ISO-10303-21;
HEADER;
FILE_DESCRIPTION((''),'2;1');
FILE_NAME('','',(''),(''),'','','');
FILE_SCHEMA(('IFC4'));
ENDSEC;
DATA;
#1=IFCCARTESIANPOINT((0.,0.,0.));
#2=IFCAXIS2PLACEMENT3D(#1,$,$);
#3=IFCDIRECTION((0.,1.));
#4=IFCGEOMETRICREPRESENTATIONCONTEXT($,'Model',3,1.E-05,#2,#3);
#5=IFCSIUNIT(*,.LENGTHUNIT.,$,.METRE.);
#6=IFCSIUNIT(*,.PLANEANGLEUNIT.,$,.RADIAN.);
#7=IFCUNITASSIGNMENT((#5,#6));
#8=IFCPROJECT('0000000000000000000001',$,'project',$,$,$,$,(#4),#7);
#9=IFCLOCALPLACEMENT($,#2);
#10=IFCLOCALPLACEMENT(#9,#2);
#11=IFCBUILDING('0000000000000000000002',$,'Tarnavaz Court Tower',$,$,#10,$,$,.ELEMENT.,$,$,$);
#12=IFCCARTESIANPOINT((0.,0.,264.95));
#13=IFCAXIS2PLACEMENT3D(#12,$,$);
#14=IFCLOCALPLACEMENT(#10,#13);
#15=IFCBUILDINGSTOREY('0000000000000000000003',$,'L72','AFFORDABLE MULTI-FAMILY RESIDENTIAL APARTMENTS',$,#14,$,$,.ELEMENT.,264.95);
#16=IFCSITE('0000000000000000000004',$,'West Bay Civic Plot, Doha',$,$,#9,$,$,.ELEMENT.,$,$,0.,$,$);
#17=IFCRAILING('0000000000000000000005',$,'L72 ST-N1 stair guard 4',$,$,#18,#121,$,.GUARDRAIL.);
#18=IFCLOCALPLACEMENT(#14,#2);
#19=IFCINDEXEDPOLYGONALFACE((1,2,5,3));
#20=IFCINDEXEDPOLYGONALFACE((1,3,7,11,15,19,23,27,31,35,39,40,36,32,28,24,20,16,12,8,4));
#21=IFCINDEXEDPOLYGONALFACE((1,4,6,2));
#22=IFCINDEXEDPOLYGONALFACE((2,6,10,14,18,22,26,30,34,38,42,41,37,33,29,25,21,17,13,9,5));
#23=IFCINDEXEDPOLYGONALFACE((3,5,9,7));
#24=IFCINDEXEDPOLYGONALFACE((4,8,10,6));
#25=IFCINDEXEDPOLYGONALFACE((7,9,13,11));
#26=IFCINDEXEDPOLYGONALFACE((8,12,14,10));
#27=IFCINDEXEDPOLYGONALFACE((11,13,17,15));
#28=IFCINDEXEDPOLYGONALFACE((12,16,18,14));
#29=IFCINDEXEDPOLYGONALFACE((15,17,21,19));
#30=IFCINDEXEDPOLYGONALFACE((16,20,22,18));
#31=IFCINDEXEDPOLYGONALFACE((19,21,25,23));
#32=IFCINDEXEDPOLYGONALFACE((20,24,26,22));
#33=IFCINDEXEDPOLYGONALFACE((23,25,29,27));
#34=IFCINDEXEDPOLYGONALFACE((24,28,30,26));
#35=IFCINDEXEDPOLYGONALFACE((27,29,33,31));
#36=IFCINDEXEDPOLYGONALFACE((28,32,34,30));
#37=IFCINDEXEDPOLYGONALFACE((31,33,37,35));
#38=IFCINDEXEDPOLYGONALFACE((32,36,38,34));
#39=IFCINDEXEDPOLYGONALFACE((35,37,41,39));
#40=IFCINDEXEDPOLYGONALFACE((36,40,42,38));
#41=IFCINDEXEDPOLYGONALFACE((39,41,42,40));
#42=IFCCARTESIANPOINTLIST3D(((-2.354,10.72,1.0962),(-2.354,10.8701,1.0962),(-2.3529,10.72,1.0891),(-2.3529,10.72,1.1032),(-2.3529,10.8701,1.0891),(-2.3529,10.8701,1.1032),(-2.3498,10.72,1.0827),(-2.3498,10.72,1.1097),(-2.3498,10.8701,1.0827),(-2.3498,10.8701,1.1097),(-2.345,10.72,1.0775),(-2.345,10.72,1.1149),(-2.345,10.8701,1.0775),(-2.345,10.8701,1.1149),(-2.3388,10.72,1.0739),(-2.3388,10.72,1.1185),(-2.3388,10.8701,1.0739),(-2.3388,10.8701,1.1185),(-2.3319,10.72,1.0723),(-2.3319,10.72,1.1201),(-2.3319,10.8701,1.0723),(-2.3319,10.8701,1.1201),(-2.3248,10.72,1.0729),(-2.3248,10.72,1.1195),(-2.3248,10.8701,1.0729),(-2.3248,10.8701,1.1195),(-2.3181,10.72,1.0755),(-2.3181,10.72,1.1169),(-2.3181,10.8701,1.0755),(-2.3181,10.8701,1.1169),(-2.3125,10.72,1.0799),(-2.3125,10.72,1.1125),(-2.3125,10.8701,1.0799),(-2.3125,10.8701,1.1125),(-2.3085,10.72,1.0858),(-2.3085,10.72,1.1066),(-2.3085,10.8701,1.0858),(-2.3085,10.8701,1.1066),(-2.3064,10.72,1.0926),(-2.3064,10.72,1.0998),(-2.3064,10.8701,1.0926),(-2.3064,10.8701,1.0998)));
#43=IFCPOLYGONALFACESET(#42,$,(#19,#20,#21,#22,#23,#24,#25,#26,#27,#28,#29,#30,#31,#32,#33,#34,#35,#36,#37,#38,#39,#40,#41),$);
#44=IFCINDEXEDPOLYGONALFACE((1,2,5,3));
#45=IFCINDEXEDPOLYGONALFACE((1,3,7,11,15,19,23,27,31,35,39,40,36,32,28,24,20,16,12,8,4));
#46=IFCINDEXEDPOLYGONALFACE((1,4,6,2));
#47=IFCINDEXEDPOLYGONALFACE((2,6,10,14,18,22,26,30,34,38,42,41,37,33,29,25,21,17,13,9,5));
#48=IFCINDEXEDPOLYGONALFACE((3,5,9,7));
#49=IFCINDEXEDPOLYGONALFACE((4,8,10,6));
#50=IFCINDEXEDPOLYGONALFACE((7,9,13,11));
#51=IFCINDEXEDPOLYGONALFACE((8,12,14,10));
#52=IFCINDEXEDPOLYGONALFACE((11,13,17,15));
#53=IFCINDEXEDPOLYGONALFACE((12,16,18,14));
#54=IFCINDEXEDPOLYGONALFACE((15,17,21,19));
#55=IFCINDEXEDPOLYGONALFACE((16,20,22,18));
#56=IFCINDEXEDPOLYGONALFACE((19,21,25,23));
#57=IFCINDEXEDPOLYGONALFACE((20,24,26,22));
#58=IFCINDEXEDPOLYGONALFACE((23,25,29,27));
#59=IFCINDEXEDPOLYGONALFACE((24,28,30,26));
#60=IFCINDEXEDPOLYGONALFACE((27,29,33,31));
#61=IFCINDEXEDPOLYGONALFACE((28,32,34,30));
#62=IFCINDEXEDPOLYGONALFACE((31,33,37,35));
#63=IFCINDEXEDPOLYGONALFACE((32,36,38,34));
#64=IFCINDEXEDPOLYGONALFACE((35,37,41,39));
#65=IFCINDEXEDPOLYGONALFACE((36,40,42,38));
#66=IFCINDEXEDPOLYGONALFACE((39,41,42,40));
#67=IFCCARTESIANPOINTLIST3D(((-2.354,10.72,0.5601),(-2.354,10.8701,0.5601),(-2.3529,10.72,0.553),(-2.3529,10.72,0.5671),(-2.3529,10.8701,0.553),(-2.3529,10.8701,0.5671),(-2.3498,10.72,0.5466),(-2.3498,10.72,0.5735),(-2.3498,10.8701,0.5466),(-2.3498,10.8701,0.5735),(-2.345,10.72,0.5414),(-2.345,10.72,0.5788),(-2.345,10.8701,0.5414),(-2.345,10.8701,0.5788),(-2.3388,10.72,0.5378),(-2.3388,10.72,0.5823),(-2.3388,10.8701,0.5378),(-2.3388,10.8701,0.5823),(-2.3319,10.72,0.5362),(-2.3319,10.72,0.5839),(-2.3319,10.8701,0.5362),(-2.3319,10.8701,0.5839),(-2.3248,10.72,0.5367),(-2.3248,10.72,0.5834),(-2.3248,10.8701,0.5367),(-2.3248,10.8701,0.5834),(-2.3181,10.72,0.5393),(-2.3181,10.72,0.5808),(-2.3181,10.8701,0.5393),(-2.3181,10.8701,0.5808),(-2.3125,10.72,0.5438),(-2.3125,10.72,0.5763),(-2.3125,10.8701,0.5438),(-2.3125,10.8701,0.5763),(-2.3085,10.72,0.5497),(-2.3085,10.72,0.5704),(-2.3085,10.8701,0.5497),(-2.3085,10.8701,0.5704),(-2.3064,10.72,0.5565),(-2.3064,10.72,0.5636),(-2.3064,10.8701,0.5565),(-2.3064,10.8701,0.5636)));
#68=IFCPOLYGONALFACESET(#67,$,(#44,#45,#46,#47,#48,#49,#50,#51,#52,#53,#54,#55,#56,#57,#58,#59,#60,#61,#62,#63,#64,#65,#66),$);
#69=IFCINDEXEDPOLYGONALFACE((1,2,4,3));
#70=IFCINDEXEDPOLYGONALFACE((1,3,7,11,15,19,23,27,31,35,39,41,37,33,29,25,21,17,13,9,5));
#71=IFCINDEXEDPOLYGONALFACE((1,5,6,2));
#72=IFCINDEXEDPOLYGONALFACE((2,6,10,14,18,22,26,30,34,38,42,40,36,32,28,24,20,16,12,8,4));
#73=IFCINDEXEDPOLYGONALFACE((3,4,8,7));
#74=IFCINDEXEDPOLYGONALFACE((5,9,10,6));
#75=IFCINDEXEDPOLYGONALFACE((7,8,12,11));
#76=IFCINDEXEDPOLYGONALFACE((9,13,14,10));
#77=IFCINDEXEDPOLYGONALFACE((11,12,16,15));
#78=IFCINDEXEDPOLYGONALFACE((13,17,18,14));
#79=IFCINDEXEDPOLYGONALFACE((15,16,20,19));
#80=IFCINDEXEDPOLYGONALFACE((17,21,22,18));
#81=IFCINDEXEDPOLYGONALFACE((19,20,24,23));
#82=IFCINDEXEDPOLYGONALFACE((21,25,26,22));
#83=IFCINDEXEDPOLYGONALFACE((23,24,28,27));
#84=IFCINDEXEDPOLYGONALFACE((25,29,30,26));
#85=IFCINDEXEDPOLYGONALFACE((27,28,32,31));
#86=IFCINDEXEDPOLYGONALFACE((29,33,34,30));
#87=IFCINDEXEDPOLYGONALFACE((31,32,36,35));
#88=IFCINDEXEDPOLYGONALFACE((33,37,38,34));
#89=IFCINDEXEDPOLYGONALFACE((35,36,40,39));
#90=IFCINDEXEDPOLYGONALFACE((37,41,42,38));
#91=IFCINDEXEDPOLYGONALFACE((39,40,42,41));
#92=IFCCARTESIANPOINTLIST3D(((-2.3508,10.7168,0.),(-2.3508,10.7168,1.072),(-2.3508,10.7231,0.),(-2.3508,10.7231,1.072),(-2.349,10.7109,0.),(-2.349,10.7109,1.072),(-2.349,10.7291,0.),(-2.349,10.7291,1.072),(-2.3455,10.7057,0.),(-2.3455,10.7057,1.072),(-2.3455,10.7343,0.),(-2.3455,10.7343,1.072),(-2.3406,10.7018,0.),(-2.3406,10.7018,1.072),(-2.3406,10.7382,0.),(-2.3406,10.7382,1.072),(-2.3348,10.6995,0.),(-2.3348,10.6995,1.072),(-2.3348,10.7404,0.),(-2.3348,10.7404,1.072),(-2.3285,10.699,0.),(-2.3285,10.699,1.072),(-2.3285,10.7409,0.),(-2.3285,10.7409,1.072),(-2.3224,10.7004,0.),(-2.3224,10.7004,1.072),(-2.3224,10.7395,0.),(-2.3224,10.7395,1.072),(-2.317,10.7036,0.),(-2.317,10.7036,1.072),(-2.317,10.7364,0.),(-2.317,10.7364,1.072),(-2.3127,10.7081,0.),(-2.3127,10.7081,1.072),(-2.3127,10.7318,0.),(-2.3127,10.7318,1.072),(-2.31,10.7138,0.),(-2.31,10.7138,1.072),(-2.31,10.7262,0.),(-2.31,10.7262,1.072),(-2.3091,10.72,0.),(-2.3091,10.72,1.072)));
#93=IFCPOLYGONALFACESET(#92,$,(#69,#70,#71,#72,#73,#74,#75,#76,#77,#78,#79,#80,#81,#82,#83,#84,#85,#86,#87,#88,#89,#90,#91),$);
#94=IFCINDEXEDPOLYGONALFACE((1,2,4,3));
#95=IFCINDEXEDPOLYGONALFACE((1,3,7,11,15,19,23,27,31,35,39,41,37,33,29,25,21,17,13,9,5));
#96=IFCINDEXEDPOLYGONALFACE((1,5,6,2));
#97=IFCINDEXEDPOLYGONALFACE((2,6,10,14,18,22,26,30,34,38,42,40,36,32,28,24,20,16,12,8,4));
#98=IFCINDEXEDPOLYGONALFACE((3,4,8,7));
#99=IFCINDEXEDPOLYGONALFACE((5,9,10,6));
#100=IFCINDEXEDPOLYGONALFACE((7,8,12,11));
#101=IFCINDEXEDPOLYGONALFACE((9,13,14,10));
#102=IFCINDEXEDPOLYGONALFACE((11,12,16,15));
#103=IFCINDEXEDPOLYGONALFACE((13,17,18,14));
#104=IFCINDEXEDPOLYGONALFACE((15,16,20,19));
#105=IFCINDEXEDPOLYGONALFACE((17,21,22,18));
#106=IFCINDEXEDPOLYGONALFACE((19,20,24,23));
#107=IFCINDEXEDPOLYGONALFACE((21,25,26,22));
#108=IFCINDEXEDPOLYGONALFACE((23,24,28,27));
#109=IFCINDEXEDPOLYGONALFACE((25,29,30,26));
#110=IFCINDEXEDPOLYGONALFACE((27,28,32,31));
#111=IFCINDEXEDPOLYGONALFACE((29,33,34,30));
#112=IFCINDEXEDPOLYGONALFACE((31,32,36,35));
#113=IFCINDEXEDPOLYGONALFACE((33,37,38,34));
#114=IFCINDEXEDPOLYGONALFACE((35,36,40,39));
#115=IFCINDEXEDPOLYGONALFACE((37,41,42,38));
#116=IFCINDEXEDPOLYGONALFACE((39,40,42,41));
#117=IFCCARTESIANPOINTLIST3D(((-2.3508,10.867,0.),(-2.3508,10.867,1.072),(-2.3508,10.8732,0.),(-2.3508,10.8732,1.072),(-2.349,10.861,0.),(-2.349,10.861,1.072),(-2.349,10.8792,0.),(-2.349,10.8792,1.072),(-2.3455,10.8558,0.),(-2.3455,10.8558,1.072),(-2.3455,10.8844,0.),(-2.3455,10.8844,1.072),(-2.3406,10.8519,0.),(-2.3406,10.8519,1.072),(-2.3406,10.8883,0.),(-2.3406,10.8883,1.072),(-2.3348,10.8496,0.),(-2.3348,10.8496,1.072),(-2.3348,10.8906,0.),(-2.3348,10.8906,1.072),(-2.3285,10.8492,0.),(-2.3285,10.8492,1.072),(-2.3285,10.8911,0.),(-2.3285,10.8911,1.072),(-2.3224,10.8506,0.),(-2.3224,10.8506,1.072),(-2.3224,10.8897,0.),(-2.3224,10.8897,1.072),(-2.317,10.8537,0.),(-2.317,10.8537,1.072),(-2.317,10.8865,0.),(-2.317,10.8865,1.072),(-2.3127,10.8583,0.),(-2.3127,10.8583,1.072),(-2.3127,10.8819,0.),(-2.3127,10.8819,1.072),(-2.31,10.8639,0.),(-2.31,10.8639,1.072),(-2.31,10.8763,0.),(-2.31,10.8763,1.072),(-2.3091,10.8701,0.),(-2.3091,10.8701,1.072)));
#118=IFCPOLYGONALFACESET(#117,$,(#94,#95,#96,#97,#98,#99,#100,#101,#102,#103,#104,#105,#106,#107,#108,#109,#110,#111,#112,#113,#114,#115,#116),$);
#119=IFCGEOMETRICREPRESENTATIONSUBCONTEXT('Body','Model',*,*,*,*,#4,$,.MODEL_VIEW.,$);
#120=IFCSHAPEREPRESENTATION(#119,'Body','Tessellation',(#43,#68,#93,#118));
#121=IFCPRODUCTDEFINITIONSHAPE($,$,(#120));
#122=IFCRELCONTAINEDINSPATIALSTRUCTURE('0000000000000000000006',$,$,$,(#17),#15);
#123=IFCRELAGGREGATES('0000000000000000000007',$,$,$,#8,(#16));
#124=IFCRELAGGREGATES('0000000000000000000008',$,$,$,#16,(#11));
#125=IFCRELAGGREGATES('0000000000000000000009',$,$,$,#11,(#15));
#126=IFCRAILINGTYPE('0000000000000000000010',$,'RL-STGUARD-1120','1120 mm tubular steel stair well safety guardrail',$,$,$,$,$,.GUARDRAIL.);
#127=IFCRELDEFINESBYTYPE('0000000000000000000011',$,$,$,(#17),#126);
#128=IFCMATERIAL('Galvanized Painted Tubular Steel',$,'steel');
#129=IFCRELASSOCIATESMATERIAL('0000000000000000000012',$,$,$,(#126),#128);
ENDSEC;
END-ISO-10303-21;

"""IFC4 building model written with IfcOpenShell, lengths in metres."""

from ifc_helpers import new_model, si_unit, direction, frame, origin, origin_2d, place, context, subcontext, project, spatial, circle, extrude, material, type_object, element, save


model = new_model("IFC4")

# Units and contexts
model_context = context("Model", 3, precision=1e-05, world=origin(), true_north=direction((0.0, 1.0)))
body_context = subcontext(model_context, "Body", "Model", "MODEL_VIEW")
ifc_project = project(units=[si_unit("LENGTHUNIT", "METRE"), si_unit("PLANEANGLEUNIT", "RADIAN")], contexts=[model_context])

# Site, building, storey
site_placement = place(None, origin())
site = spatial("IfcSite", under=ifc_project, at=site_placement, Name="West Bay Civic Plot, Doha", CompositionType="ELEMENT", RefElevation=0.0)
building_placement = place(site_placement, origin())
building = spatial("IfcBuilding", under=site, at=building_placement, Name="Tarnavaz Court Tower", CompositionType="ELEMENT")
storey_placement = place(building_placement, frame((0.0, 0.0, 264.95)))
storey = spatial("IfcBuildingStorey", under=building, at=storey_placement, Name="L72", Description="AFFORDABLE MULTI-FAMILY RESIDENTIAL APARTMENTS", CompositionType="ELEMENT", Elevation=264.95)

# Railing
ifc_material_1 = material(Name="Galvanized Painted Tubular Steel", Category="steel")
railing_type_1 = type_object("IfcRailingType", Name="RL-STGUARD-1120", Description="1120 mm tubular steel stair well safety guardrail", PredefinedType="GUARDRAIL", material=ifc_material_1)
railing_1_placement = place(storey_placement, frame((-2.3301, 10.72, 0.0)))
element("IfcRailing", 1, at=railing_1_placement, inside=storey, type_object=railing_type_1, Name="L72 ST-N1 stair guard 4", PredefinedType="GUARDRAIL", context=body_context, shape_type="SweptSolid", body=[
    extrude(circle(Radius=0.0239, at=origin_2d()), frame((0.0, 0.0, 1.0962), z_axis=(0.0, 1.0, 0.0), x_axis=(-1.0, 0.0, 0.0)), (0.0, 0.0, 1.0), 0.1501),
    extrude(circle(Radius=0.0239, at=origin_2d()), frame((0.0, 0.0, 0.5601), z_axis=(0.0, 1.0, 0.0), x_axis=(-1.0, 0.0, 0.0)), (0.0, 0.0, 1.0), 0.1501),
    extrude(circle(Radius=0.021, at=origin_2d()), origin(), (0.0, 0.0, 1.0), 1.072),
    extrude(circle(Radius=0.021, at=origin_2d()), frame((0.0, 0.1501, 0.0)), (0.0, 0.0, 1.0), 1.072),
])

save(model, "model.ifc")
